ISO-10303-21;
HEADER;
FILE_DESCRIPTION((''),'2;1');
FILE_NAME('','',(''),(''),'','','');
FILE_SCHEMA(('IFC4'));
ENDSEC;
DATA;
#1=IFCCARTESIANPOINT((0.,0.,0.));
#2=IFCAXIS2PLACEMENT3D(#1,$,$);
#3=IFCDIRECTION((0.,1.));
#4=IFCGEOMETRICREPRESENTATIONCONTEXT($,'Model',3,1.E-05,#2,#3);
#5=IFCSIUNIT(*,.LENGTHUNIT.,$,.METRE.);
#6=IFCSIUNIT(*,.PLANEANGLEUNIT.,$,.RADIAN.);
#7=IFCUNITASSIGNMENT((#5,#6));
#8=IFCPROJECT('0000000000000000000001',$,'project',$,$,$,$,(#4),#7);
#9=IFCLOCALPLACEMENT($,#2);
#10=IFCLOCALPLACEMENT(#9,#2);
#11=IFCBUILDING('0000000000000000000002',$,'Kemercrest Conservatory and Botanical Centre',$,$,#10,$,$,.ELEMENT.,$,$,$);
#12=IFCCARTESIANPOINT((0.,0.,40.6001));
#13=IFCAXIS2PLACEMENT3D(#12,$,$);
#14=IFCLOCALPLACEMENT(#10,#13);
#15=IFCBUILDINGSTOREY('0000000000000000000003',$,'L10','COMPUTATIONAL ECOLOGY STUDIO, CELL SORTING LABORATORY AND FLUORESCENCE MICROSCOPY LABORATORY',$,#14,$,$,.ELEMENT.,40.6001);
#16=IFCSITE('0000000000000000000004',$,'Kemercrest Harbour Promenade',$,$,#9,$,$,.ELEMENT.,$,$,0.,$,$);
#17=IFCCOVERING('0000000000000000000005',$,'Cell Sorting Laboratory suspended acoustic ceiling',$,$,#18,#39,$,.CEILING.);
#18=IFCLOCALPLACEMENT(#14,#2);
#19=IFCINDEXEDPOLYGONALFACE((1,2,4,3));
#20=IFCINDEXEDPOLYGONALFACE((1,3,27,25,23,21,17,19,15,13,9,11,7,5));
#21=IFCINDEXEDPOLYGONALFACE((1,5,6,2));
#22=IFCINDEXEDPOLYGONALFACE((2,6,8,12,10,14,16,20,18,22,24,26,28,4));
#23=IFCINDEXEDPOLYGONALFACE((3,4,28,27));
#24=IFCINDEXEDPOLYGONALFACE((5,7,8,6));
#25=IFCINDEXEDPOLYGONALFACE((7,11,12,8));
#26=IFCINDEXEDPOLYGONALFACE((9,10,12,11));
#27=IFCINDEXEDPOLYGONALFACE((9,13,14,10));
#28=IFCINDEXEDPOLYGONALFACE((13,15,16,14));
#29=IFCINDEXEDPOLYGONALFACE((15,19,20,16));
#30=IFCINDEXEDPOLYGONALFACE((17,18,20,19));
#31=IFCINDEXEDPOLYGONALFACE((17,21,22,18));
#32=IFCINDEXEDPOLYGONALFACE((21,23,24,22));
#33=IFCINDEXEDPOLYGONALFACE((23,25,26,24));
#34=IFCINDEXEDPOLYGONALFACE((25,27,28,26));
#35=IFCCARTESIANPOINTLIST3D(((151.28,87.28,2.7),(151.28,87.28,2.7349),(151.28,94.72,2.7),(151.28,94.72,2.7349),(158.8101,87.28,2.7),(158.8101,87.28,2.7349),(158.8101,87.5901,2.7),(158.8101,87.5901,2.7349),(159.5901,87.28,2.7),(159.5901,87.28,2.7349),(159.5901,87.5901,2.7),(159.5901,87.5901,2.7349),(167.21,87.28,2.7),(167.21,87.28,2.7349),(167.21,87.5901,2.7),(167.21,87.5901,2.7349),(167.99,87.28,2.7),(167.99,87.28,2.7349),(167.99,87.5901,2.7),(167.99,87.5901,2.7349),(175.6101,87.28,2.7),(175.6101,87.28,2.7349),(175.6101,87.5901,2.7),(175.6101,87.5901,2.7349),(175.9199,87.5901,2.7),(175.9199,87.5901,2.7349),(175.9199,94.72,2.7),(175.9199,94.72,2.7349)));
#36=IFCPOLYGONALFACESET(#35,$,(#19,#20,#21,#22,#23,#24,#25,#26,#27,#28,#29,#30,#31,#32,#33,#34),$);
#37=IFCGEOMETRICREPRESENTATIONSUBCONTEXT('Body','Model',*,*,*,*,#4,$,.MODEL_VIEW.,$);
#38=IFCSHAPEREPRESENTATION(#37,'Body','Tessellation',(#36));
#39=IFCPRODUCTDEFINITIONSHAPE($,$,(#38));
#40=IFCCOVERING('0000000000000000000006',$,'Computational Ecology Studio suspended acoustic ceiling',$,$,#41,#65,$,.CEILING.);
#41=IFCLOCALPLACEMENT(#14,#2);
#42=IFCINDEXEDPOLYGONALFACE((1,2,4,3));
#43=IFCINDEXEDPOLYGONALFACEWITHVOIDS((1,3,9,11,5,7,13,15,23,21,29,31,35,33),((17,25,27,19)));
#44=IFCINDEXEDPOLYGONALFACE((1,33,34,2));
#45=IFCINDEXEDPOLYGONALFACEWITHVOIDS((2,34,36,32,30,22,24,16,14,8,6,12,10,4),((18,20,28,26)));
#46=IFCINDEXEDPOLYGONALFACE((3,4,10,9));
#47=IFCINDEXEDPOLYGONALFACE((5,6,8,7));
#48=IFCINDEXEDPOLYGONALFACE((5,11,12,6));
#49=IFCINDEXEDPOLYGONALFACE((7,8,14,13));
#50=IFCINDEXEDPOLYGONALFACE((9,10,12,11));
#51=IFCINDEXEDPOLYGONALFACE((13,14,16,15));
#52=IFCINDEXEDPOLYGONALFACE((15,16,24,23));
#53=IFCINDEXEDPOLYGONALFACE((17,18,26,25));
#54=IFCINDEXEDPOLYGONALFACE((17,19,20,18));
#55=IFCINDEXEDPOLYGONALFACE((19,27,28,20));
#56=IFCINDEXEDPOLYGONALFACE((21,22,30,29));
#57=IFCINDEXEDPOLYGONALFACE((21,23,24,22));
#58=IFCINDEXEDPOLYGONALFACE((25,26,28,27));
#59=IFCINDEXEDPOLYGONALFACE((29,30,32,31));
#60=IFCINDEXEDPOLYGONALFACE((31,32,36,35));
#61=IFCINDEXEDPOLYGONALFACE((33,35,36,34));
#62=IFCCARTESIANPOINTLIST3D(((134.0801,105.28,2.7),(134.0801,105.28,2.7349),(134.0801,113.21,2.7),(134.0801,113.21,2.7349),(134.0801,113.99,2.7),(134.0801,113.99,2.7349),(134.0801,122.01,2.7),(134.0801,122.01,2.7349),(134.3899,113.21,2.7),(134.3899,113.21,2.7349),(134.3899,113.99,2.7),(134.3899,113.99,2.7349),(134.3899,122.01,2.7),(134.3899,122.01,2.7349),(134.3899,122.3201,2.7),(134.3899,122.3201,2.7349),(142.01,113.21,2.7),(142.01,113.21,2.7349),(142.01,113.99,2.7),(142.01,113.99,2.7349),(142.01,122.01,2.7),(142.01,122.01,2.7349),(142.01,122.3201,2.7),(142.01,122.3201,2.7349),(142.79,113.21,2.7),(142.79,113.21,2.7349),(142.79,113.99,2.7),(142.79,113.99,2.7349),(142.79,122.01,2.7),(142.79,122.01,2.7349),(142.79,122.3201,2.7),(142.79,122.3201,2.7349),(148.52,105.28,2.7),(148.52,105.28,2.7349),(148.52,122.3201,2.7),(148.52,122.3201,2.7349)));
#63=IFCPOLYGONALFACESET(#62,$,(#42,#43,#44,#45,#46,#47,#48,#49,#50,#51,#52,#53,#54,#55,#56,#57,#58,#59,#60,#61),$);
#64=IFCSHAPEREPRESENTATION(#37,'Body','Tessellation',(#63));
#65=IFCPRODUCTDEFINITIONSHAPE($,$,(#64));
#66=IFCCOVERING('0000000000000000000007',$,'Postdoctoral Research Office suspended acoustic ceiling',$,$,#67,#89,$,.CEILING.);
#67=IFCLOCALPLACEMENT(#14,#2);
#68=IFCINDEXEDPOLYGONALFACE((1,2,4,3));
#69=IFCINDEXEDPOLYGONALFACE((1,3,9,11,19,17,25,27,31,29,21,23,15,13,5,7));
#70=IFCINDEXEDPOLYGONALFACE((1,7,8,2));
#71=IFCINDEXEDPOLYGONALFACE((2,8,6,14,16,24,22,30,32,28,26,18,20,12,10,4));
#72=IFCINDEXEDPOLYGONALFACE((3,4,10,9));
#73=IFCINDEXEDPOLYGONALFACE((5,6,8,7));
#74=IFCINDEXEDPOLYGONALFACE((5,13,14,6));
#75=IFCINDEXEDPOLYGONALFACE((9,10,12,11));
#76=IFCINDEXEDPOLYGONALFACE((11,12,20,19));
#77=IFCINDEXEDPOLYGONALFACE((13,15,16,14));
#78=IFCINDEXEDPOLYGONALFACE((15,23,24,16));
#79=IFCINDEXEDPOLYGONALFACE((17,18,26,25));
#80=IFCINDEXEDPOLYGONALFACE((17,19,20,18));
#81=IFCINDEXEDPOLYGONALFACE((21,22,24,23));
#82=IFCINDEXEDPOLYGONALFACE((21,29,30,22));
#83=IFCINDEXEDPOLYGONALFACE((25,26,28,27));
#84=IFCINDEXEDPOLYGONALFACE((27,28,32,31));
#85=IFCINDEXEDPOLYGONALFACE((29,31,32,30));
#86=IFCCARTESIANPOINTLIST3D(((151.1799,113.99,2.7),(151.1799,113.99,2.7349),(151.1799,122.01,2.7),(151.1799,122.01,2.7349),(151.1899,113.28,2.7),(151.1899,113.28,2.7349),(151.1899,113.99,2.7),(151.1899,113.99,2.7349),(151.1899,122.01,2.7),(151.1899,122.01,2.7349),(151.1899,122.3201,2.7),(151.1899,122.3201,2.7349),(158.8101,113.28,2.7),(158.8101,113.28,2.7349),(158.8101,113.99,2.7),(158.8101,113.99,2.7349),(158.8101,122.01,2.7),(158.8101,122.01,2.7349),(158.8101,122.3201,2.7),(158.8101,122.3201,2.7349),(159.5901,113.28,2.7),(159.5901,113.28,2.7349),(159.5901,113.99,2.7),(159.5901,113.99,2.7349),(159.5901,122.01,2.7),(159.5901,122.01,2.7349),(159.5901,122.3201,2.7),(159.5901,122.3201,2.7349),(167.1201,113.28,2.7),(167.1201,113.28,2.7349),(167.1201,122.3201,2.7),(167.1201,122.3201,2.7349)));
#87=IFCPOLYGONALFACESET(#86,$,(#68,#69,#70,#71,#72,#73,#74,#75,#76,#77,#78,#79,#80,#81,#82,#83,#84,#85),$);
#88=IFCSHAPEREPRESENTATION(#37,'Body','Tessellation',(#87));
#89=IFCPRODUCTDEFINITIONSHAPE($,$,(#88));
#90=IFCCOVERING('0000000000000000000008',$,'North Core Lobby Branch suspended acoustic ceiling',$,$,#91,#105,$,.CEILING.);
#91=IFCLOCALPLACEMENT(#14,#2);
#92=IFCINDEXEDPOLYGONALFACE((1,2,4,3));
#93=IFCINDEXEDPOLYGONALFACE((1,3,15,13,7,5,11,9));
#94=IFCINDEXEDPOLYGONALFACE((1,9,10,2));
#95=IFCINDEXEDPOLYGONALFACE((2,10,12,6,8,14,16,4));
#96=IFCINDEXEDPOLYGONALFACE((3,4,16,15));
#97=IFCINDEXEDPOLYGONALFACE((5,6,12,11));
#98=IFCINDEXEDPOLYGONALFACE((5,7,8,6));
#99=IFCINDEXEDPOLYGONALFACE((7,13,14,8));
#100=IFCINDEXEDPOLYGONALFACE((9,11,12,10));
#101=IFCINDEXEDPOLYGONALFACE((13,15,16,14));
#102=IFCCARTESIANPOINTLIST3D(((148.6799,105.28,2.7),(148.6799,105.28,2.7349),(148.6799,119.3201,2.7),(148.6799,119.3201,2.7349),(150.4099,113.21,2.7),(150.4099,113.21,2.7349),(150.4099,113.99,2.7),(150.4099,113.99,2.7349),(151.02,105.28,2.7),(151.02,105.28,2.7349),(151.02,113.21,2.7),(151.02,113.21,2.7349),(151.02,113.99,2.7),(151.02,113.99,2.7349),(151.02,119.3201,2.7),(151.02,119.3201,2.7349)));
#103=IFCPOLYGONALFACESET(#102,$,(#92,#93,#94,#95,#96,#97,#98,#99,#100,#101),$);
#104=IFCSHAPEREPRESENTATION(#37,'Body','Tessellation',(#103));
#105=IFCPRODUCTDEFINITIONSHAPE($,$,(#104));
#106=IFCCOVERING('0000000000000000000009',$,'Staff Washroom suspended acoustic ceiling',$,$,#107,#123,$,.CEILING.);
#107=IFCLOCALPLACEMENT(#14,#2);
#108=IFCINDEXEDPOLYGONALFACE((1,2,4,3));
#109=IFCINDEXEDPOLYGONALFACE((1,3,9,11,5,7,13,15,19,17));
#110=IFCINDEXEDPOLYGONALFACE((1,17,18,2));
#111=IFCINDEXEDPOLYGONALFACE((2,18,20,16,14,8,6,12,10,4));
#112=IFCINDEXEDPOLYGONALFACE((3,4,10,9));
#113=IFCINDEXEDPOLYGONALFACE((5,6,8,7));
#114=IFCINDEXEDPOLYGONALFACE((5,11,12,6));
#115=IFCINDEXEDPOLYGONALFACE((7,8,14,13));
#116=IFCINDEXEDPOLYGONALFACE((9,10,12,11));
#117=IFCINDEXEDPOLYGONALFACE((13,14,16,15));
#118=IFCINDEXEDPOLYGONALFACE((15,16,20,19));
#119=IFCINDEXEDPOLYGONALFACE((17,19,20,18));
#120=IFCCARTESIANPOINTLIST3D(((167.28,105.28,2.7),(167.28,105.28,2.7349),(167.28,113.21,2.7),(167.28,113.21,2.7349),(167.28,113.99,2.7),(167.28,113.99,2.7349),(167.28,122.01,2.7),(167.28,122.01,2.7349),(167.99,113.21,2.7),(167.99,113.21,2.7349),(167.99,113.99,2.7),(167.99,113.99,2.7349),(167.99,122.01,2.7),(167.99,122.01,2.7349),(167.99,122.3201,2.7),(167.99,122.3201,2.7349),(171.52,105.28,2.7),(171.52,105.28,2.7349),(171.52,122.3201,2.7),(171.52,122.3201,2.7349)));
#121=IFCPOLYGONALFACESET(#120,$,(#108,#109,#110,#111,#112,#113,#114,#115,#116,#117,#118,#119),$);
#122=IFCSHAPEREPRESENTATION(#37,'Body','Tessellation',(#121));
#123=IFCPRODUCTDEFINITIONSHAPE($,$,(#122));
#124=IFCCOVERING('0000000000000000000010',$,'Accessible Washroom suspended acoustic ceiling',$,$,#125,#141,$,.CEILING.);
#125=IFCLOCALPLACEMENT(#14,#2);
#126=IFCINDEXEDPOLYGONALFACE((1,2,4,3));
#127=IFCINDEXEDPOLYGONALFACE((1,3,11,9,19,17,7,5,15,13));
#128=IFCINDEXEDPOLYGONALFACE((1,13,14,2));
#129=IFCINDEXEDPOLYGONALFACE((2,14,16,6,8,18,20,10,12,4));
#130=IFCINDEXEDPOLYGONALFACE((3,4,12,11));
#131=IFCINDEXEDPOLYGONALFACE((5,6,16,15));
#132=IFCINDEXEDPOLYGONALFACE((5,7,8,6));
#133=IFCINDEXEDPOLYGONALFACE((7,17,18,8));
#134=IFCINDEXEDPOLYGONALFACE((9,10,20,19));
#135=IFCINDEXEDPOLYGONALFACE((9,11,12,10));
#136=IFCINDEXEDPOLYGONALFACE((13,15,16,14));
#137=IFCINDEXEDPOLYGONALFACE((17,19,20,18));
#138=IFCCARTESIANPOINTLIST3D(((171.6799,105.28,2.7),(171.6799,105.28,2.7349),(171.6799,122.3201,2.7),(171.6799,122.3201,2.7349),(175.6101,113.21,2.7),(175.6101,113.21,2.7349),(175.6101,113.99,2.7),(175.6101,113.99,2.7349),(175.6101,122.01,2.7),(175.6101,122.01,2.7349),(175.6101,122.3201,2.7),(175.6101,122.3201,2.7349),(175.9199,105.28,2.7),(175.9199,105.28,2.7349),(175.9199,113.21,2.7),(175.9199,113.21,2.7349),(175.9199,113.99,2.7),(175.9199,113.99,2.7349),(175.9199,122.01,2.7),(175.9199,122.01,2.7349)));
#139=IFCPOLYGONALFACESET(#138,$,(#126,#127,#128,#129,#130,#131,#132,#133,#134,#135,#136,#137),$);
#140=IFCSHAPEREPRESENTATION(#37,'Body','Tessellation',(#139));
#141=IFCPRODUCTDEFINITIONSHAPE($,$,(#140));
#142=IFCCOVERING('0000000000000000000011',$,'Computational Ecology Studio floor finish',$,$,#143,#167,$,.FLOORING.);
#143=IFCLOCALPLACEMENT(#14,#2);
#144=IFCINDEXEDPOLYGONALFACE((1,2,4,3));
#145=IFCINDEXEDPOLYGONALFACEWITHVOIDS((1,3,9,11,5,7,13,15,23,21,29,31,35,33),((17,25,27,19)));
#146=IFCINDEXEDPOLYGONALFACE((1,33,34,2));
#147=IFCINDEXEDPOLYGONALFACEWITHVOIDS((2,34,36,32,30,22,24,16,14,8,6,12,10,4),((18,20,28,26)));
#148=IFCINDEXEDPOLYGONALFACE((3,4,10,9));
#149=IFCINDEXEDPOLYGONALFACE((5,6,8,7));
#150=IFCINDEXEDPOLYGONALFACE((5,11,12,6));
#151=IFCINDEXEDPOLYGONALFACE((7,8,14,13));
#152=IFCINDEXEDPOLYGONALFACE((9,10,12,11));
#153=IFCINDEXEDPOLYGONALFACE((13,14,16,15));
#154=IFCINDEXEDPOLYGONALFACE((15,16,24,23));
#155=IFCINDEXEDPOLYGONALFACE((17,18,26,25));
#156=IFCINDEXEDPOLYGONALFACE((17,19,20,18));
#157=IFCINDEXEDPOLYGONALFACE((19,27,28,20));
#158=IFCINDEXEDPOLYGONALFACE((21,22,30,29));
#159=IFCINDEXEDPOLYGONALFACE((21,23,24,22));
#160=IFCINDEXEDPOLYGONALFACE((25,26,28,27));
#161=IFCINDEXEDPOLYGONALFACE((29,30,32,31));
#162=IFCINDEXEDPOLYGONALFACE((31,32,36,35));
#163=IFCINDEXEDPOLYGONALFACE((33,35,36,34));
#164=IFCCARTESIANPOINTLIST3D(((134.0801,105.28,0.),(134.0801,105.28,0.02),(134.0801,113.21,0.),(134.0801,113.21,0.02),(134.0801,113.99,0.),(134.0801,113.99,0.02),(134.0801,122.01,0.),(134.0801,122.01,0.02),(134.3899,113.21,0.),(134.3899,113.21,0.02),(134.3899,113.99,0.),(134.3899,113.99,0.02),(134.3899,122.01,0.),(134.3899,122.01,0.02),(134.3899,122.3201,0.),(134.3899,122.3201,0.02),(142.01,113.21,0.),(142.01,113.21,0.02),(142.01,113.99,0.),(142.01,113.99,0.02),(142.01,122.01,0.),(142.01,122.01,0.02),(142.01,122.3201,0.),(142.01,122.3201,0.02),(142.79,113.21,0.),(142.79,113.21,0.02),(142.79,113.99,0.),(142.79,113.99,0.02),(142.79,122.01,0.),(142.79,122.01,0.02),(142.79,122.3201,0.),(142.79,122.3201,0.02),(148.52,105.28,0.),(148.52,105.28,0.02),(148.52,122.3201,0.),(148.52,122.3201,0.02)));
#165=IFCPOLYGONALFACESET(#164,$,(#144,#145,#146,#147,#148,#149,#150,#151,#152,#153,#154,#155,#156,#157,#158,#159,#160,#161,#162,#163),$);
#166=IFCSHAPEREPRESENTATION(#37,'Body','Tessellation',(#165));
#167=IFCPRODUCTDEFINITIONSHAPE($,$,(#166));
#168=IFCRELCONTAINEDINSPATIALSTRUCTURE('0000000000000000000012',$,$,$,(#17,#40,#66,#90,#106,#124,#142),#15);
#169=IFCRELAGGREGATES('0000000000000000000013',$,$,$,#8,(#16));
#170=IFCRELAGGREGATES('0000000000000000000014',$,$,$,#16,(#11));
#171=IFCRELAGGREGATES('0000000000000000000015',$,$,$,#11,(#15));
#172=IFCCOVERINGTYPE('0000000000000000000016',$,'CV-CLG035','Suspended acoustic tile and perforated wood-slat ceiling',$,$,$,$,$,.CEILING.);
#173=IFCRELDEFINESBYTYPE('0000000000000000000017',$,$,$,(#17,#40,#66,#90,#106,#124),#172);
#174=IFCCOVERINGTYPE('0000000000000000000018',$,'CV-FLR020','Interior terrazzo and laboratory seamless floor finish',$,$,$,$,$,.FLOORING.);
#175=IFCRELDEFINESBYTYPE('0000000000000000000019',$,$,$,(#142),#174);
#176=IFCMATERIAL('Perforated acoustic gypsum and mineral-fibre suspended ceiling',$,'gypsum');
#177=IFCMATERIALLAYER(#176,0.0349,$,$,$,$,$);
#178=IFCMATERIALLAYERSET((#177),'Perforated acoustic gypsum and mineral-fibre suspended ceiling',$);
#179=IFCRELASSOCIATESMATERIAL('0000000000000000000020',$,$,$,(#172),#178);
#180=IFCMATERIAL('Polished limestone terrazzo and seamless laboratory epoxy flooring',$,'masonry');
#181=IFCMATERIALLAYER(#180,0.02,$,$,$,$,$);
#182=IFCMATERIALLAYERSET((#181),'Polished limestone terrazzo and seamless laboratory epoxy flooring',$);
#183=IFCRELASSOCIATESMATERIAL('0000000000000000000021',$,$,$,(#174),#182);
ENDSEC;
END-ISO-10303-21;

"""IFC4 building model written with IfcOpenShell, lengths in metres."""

from ifc_helpers import new_model, si_unit, direction, frame, origin, place, context, subcontext, project, spatial, polyline, outline, extrude, material, layer, layer_set, type_object, element, save


model = new_model("IFC4")

# Units and contexts
model_context = context("Model", 3, precision=1e-05, world=origin(), true_north=direction((0.0, 1.0)))
body_context = subcontext(model_context, "Body", "Model", "MODEL_VIEW")
ifc_project = project(units=[si_unit("LENGTHUNIT", "METRE"), si_unit("PLANEANGLEUNIT", "RADIAN")], contexts=[model_context])

# Site, building, storey
site_placement = place(None, origin())
site = spatial("IfcSite", under=ifc_project, at=site_placement, Name="Kemercrest Harbour Promenade", CompositionType="ELEMENT", RefElevation=0.0)
building_placement = place(site_placement, origin())
building = spatial("IfcBuilding", under=site, at=building_placement, Name="Kemercrest Conservatory and Botanical Centre", CompositionType="ELEMENT")
storey_placement = place(building_placement, frame((0.0, 0.0, 40.6001)))
storey = spatial("IfcBuildingStorey", under=building, at=storey_placement, Name="L10", Description="COMPUTATIONAL ECOLOGY STUDIO, CELL SORTING LABORATORY AND FLUORESCENCE MICROSCOPY LABORATORY", CompositionType="ELEMENT", Elevation=40.6001)

# Coverings
ifc_material_1 = material(Name="Perforated acoustic gypsum and mineral-fibre suspended ceiling", Category="gypsum")
ifc_layer_1 = layer(ifc_material_1, 0.0349)
ifc_layer_set_1 = layer_set([ifc_layer_1], Name="Perforated acoustic gypsum and mineral-fibre suspended ceiling")
covering_type_1 = type_object("IfcCoveringType", Name="CV-CLG035", Description="Suspended acoustic tile and perforated wood-slat ceiling", PredefinedType="CEILING", material=ifc_layer_set_1)
covering_1_placement = place(storey_placement, frame((0.0, 0.0, 2.7)))
element("IfcCovering", 1, at=covering_1_placement, inside=storey, type_object=covering_type_1, Name="Cell Sorting Laboratory suspended acoustic ceiling", PredefinedType="CEILING", context=body_context, shape_type="SweptSolid", body=[
    extrude(outline(polyline([(167.99, 87.28), (175.6101, 87.28), (175.6101, 87.5901), (175.9199, 87.5901), (175.9199, 94.72), (151.28, 94.72), (151.28, 87.28), (158.8101, 87.28), (158.8101, 87.5901), (159.5901, 87.5901), (159.5901, 87.28), (167.21, 87.28), (167.21, 87.5901), (167.99, 87.5901), (167.99, 87.28)])), origin(), (0.0, 0.0, 1.0), 0.0349),
])
covering_2_placement = place(storey_placement, frame((0.0, 0.0, 2.7)))
element("IfcCovering", 2, at=covering_2_placement, inside=storey, type_object=covering_type_1, Name="Computational Ecology Studio suspended acoustic ceiling", PredefinedType="CEILING", context=body_context, shape_type="SweptSolid", body=[
    extrude(outline(polyline([(134.3899, 113.21), (134.0801, 113.21), (134.0801, 105.28), (148.52, 105.28), (148.52, 122.3201), (142.79, 122.3201), (142.79, 122.01), (142.01, 122.01), (142.01, 122.3201), (134.3899, 122.3201), (134.3899, 122.01), (134.0801, 122.01), (134.0801, 113.99), (134.3899, 113.99), (134.3899, 113.21)]), holes=[polyline([(142.01, 113.99), (142.79, 113.99), (142.79, 113.21), (142.01, 113.21), (142.01, 113.99)])]), origin(), (0.0, 0.0, 1.0), 0.0349),
])
covering_3_placement = place(storey_placement, frame((0.0, 0.0, 2.7)))
element("IfcCovering", 3, at=covering_3_placement, inside=storey, type_object=covering_type_1, Name="Postdoctoral Research Office suspended acoustic ceiling", PredefinedType="CEILING", context=body_context, shape_type="SweptSolid", body=[
    extrude(outline(polyline([(159.5901, 113.28), (167.1201, 113.28), (167.1201, 122.3201), (159.5901, 122.3201), (159.5901, 122.01), (158.8101, 122.01), (158.8101, 122.3201), (151.1899, 122.3201), (151.1899, 122.01), (151.1799, 122.01), (151.1799, 113.99), (151.1899, 113.99), (151.1899, 113.28), (158.8101, 113.28), (158.8101, 113.99), (159.5901, 113.99), (159.5901, 113.28)])), origin(), (0.0, 0.0, 1.0), 0.0349),
])
covering_4_placement = place(storey_placement, frame((0.0, 0.0, 2.7)))
element("IfcCovering", 4, at=covering_4_placement, inside=storey, type_object=covering_type_1, Name="North Core Lobby Branch suspended acoustic ceiling", PredefinedType="CEILING", context=body_context, shape_type="SweptSolid", body=[
    extrude(outline(polyline([(148.6799, 105.28), (151.02, 105.28), (151.02, 113.21), (150.4099, 113.21), (150.4099, 113.99), (151.02, 113.99), (151.02, 119.3201), (148.6799, 119.3201), (148.6799, 105.28)])), origin(), (0.0, 0.0, 1.0), 0.0349),
])
covering_5_placement = place(storey_placement, frame((0.0, 0.0, 2.7)))
element("IfcCovering", 5, at=covering_5_placement, inside=storey, type_object=covering_type_1, Name="Staff Washroom suspended acoustic ceiling", PredefinedType="CEILING", context=body_context, shape_type="SweptSolid", body=[
    extrude(outline(polyline([(167.28, 105.28), (171.52, 105.28), (171.52, 122.3201), (167.99, 122.3201), (167.99, 122.01), (167.28, 122.01), (167.28, 113.99), (167.99, 113.99), (167.99, 113.21), (167.28, 113.21), (167.28, 105.28)])), origin(), (0.0, 0.0, 1.0), 0.0349),
])
covering_6_placement = place(storey_placement, frame((0.0, 0.0, 2.7)))
element("IfcCovering", 6, at=covering_6_placement, inside=storey, type_object=covering_type_1, Name="Accessible Washroom suspended acoustic ceiling", PredefinedType="CEILING", context=body_context, shape_type="SweptSolid", body=[
    extrude(outline(polyline([(171.6799, 105.28), (175.9199, 105.28), (175.9199, 113.21), (175.6101, 113.21), (175.6101, 113.99), (175.9199, 113.99), (175.9199, 122.01), (175.6101, 122.01), (175.6101, 122.3201), (171.6799, 122.3201), (171.6799, 105.28)])), origin(), (0.0, 0.0, 1.0), 0.0349),
])
ifc_material_2 = material(Name="Polished limestone terrazzo and seamless laboratory epoxy flooring", Category="masonry")
ifc_layer_2 = layer(ifc_material_2, 0.02)
ifc_layer_set_2 = layer_set([ifc_layer_2], Name="Polished limestone terrazzo and seamless laboratory epoxy flooring")
covering_type_2 = type_object("IfcCoveringType", Name="CV-FLR020", Description="Interior terrazzo and laboratory seamless floor finish", PredefinedType="FLOORING", material=ifc_layer_set_2)
covering_7_placement = place(storey_placement, origin())
element("IfcCovering", 7, at=covering_7_placement, inside=storey, type_object=covering_type_2, Name="Computational Ecology Studio floor finish", PredefinedType="FLOORING", context=body_context, shape_type="SweptSolid", body=[
    extrude(outline(polyline([(134.3899, 113.21), (134.0801, 113.21), (134.0801, 105.28), (148.52, 105.28), (148.52, 122.3201), (142.79, 122.3201), (142.79, 122.01), (142.01, 122.01), (142.01, 122.3201), (134.3899, 122.3201), (134.3899, 122.01), (134.0801, 122.01), (134.0801, 113.99), (134.3899, 113.99), (134.3899, 113.21)]), holes=[polyline([(142.01, 113.99), (142.79, 113.99), (142.79, 113.21), (142.01, 113.21), (142.01, 113.99)])]), origin(), (0.0, 0.0, 1.0), 0.02),
])

save(model, "model.ifc")
